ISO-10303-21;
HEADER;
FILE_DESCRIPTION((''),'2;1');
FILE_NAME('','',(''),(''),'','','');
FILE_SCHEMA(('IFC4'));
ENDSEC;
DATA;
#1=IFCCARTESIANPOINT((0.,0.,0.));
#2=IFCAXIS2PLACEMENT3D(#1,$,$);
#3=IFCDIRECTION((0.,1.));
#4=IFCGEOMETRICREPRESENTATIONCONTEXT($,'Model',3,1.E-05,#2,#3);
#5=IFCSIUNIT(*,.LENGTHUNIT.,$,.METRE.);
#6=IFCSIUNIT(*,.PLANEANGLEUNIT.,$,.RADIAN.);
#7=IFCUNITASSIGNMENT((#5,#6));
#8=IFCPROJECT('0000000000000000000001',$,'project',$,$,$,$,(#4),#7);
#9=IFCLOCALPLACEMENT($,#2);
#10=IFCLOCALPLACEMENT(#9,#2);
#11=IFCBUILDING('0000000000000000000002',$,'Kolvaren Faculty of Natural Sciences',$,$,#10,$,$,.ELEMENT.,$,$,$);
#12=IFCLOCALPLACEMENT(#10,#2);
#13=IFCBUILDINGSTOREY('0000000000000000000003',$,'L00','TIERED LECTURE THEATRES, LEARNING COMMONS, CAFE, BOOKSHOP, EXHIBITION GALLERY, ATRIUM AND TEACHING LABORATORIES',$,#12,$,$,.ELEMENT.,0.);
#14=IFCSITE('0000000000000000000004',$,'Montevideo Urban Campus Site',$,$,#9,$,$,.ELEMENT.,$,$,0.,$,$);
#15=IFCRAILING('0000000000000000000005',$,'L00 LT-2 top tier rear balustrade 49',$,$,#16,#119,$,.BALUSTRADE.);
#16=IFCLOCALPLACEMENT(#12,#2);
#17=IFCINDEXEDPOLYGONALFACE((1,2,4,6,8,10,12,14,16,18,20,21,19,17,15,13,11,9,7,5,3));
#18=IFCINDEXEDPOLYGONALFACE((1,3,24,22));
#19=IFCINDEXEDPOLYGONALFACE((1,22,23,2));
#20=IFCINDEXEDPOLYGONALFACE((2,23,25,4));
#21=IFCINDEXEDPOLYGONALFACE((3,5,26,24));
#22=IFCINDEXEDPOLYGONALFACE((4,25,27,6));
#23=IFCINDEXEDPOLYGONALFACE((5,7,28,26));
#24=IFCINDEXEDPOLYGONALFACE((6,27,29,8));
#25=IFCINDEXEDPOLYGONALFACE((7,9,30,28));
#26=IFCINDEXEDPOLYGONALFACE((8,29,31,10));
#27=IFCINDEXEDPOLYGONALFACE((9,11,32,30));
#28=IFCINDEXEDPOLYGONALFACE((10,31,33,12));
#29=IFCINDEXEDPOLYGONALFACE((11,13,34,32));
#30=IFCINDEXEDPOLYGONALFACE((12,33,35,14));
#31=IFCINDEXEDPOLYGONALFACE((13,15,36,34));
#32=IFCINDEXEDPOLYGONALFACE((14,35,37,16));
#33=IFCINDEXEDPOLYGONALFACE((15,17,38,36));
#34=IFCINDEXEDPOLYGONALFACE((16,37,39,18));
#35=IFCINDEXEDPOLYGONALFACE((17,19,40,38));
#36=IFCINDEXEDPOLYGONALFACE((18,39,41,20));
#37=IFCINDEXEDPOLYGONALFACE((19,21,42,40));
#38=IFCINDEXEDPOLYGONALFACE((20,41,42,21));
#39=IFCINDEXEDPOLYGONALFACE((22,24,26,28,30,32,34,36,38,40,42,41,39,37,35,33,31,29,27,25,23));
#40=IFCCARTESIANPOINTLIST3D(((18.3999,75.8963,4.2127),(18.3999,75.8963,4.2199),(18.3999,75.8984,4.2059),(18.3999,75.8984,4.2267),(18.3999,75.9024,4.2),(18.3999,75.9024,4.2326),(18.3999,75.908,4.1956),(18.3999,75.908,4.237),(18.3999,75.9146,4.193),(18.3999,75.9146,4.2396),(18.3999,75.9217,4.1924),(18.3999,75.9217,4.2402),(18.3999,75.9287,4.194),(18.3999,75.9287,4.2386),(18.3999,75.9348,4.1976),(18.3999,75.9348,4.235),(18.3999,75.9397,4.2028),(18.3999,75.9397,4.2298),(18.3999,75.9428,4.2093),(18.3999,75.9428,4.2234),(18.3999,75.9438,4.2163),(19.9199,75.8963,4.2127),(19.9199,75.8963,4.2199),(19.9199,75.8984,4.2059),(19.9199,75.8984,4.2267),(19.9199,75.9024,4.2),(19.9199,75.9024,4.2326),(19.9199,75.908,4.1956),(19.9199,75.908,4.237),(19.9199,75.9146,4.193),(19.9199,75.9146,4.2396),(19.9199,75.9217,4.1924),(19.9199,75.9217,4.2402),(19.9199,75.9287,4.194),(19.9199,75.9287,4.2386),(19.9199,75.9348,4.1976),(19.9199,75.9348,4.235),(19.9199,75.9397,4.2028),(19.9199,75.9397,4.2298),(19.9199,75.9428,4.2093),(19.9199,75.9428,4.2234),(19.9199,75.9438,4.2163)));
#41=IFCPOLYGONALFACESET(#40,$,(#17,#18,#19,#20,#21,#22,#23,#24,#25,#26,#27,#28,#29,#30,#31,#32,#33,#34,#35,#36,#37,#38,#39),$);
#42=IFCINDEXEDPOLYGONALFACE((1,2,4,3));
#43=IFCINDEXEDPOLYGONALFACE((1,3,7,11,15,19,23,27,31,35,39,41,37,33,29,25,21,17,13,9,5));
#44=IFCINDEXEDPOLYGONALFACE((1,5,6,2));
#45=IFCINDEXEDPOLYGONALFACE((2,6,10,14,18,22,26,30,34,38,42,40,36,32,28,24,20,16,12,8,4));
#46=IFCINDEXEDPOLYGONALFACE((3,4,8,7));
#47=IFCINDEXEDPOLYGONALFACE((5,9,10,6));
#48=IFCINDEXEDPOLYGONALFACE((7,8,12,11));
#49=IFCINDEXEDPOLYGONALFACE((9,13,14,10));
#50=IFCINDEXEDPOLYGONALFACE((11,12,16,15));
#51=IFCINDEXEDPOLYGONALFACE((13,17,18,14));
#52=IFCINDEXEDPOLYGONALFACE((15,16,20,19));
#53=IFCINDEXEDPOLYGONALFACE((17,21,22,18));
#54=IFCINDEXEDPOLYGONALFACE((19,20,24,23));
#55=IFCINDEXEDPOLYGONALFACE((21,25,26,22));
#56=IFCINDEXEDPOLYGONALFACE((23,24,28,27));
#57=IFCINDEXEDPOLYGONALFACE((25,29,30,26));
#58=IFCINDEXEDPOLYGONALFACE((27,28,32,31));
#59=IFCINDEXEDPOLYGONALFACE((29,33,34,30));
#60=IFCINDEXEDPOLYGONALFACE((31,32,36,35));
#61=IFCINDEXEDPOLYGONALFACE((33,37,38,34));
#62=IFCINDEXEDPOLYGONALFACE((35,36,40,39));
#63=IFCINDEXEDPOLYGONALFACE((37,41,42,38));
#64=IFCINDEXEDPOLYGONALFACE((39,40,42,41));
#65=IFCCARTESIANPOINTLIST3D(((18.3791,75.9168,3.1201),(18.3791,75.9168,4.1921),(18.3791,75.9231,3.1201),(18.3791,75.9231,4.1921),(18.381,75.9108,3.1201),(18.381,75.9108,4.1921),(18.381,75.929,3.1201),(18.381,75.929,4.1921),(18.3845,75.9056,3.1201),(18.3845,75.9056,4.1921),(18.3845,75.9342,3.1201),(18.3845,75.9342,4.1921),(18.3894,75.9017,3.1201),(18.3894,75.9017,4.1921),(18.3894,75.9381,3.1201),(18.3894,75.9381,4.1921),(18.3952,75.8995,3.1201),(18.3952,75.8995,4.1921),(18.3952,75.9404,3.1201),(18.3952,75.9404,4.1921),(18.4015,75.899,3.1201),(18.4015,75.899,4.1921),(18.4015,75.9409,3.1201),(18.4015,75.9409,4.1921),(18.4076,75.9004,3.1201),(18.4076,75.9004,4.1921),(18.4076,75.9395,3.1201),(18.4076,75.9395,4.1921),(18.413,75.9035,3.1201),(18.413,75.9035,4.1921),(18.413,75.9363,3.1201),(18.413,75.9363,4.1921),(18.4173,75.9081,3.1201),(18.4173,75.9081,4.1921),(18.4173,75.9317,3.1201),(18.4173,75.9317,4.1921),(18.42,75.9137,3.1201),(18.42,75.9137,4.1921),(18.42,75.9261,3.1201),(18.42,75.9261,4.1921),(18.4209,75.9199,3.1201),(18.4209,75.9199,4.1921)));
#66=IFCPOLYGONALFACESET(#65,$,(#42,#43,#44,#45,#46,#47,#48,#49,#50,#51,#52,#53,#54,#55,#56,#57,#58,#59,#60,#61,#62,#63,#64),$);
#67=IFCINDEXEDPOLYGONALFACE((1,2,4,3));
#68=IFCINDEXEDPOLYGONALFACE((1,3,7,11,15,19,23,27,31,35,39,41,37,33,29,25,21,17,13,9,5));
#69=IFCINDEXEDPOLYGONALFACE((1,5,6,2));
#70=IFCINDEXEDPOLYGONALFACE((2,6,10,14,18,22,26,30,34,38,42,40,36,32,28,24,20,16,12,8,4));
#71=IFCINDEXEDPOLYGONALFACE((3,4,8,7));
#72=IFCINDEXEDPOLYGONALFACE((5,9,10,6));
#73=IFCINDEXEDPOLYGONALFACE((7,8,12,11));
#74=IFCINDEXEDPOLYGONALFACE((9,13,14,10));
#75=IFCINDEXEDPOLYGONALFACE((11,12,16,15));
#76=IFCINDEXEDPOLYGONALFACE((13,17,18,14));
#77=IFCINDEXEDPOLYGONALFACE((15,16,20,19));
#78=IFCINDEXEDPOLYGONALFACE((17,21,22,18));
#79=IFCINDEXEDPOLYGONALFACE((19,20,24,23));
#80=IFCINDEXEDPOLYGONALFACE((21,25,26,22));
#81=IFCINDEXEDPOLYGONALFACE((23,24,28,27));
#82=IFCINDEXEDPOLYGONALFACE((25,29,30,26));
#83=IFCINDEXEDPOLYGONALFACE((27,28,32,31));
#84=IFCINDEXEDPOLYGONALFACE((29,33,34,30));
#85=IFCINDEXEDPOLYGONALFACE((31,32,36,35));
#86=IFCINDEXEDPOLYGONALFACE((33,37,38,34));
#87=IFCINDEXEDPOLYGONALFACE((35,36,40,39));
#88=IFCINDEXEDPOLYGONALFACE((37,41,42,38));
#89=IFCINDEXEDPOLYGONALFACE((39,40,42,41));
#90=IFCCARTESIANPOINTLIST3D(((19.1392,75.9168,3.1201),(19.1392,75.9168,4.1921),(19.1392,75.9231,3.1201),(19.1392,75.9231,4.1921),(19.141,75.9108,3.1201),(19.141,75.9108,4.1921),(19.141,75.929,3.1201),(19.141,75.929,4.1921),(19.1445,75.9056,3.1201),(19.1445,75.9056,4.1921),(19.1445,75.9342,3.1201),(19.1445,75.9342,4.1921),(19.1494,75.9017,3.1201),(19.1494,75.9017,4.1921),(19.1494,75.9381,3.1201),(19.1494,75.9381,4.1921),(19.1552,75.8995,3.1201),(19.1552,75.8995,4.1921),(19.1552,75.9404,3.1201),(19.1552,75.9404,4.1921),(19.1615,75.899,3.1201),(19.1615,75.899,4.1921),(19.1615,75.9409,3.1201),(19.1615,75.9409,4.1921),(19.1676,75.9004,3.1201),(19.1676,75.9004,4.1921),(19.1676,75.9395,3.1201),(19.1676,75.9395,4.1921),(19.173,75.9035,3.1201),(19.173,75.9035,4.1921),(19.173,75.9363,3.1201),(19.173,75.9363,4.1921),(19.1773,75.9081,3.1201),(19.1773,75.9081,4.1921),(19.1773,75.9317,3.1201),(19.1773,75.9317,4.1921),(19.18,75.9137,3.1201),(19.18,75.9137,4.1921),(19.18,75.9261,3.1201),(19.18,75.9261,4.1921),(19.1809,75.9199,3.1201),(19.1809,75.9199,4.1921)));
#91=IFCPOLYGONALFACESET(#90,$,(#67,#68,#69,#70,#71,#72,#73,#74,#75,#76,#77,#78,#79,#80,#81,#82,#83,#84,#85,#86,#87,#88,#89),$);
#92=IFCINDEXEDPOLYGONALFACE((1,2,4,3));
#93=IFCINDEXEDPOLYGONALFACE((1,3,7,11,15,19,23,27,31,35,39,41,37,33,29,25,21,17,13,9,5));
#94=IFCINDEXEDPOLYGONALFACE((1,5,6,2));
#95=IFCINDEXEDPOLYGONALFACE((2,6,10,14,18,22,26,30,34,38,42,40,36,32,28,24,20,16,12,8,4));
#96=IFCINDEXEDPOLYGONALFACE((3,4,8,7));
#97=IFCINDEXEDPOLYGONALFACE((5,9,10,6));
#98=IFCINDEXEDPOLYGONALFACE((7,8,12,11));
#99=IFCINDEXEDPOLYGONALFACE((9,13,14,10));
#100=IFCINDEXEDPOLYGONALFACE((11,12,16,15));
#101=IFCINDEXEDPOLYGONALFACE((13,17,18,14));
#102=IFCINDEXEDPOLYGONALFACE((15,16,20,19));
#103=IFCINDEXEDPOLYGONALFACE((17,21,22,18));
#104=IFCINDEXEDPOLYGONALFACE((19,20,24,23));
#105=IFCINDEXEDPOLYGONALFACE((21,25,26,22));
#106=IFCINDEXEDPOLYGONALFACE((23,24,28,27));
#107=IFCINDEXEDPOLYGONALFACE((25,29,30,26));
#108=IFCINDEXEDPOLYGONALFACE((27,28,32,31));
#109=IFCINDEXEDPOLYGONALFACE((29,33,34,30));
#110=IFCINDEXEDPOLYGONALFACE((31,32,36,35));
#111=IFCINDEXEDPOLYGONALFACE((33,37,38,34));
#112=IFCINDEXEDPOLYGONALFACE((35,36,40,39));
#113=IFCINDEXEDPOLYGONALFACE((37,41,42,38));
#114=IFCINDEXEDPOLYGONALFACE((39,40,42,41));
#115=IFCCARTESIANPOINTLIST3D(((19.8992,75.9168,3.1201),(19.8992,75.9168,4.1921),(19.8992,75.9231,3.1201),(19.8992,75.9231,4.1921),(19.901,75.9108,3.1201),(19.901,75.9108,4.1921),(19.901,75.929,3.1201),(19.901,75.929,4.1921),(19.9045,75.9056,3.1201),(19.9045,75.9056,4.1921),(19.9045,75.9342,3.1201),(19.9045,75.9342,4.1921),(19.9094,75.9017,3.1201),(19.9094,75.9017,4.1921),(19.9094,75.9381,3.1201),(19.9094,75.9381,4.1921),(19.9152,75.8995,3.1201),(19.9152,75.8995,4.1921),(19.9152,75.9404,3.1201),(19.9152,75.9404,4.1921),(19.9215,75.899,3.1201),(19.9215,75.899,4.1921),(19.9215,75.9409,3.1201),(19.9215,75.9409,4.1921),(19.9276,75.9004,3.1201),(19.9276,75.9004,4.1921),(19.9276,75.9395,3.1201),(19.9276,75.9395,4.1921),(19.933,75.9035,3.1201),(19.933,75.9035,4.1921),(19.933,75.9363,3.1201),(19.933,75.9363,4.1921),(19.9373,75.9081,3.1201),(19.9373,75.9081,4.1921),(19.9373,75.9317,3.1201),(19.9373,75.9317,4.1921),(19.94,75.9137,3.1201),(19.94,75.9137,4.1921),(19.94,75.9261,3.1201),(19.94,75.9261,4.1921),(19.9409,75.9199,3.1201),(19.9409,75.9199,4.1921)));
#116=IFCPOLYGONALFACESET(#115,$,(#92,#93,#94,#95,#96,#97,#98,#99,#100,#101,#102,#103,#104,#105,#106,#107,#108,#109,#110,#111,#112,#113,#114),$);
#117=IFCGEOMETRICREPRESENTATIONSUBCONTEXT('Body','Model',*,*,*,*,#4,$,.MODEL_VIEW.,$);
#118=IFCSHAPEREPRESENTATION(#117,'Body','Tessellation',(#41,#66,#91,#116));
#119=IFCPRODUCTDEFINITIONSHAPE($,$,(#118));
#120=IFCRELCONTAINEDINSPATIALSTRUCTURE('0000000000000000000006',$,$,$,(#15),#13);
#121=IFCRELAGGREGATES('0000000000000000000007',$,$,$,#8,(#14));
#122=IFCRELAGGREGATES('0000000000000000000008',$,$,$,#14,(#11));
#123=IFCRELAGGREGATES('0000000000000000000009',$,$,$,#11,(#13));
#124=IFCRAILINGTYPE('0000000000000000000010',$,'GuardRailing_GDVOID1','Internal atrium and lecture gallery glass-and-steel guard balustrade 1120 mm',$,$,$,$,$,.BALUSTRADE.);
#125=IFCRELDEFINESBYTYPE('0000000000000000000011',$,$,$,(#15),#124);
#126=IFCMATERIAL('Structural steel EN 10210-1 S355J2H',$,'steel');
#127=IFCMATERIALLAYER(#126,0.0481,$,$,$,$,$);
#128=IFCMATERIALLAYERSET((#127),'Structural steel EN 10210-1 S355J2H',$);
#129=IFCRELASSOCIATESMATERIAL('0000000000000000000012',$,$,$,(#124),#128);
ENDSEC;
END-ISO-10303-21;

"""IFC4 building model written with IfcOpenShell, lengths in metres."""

from ifc_helpers import new_model, si_unit, direction, frame, origin, origin_2d, place, context, subcontext, project, spatial, circle, extrude, material, layer, layer_set, type_object, element, save


model = new_model("IFC4")

# Units and contexts
model_context = context("Model", 3, precision=1e-05, world=origin(), true_north=direction((0.0, 1.0)))
body_context = subcontext(model_context, "Body", "Model", "MODEL_VIEW")
ifc_project = project(units=[si_unit("LENGTHUNIT", "METRE"), si_unit("PLANEANGLEUNIT", "RADIAN")], contexts=[model_context])

# Site, building, storey
site_placement = place(None, origin())
site = spatial("IfcSite", under=ifc_project, at=site_placement, Name="Montevideo Urban Campus Site", CompositionType="ELEMENT", RefElevation=0.0)
building_placement = place(site_placement, origin())
building = spatial("IfcBuilding", under=site, at=building_placement, Name="Kolvaren Faculty of Natural Sciences", CompositionType="ELEMENT")
storey_placement = place(building_placement, origin())
storey = spatial("IfcBuildingStorey", under=building, at=storey_placement, Name="L00", Description="TIERED LECTURE THEATRES, LEARNING COMMONS, CAFE, BOOKSHOP, EXHIBITION GALLERY, ATRIUM AND TEACHING LABORATORIES", CompositionType="ELEMENT", Elevation=0.0)

# Railing
ifc_material_1 = material(Name="Structural steel EN 10210-1 S355J2H", Category="steel")
ifc_layer_1 = layer(ifc_material_1, 0.0481)
ifc_layer_set_1 = layer_set([ifc_layer_1], Name="Structural steel EN 10210-1 S355J2H")
railing_type = type_object("IfcRailingType", Name="GuardRailing_GDVOID1", Description="Internal atrium and lecture gallery glass-and-steel guard balustrade 1120 mm", PredefinedType="BALUSTRADE", material=ifc_layer_set_1)
railing_1_placement = place(storey_placement, frame((18.3999, 75.9199, 3.1201)))
element("IfcRailing", 1, at=railing_1_placement, inside=storey, type_object=railing_type, Name="L00 LT-2 top tier rear balustrade 49", PredefinedType="BALUSTRADE", context=body_context, shape_type="SweptSolid", body=[
    extrude(circle(Radius=0.0239, at=origin_2d()), frame((0.0, 0.0, 1.0962), z_axis=(1.0, 0.0, 0.0), x_axis=(0.0, 1.0, 0.0)), (0.0, 0.0, 1.0), 1.52),
    extrude(circle(Radius=0.021, at=origin_2d()), origin(), (0.0, 0.0, 1.0), 1.072),
    extrude(circle(Radius=0.021, at=origin_2d()), frame((0.76, 0.0, 0.0)), (0.0, 0.0, 1.0), 1.072),
    extrude(circle(Radius=0.021, at=origin_2d()), frame((1.52, 0.0, 0.0)), (0.0, 0.0, 1.0), 1.072),
])

save(model, "model.ifc")
